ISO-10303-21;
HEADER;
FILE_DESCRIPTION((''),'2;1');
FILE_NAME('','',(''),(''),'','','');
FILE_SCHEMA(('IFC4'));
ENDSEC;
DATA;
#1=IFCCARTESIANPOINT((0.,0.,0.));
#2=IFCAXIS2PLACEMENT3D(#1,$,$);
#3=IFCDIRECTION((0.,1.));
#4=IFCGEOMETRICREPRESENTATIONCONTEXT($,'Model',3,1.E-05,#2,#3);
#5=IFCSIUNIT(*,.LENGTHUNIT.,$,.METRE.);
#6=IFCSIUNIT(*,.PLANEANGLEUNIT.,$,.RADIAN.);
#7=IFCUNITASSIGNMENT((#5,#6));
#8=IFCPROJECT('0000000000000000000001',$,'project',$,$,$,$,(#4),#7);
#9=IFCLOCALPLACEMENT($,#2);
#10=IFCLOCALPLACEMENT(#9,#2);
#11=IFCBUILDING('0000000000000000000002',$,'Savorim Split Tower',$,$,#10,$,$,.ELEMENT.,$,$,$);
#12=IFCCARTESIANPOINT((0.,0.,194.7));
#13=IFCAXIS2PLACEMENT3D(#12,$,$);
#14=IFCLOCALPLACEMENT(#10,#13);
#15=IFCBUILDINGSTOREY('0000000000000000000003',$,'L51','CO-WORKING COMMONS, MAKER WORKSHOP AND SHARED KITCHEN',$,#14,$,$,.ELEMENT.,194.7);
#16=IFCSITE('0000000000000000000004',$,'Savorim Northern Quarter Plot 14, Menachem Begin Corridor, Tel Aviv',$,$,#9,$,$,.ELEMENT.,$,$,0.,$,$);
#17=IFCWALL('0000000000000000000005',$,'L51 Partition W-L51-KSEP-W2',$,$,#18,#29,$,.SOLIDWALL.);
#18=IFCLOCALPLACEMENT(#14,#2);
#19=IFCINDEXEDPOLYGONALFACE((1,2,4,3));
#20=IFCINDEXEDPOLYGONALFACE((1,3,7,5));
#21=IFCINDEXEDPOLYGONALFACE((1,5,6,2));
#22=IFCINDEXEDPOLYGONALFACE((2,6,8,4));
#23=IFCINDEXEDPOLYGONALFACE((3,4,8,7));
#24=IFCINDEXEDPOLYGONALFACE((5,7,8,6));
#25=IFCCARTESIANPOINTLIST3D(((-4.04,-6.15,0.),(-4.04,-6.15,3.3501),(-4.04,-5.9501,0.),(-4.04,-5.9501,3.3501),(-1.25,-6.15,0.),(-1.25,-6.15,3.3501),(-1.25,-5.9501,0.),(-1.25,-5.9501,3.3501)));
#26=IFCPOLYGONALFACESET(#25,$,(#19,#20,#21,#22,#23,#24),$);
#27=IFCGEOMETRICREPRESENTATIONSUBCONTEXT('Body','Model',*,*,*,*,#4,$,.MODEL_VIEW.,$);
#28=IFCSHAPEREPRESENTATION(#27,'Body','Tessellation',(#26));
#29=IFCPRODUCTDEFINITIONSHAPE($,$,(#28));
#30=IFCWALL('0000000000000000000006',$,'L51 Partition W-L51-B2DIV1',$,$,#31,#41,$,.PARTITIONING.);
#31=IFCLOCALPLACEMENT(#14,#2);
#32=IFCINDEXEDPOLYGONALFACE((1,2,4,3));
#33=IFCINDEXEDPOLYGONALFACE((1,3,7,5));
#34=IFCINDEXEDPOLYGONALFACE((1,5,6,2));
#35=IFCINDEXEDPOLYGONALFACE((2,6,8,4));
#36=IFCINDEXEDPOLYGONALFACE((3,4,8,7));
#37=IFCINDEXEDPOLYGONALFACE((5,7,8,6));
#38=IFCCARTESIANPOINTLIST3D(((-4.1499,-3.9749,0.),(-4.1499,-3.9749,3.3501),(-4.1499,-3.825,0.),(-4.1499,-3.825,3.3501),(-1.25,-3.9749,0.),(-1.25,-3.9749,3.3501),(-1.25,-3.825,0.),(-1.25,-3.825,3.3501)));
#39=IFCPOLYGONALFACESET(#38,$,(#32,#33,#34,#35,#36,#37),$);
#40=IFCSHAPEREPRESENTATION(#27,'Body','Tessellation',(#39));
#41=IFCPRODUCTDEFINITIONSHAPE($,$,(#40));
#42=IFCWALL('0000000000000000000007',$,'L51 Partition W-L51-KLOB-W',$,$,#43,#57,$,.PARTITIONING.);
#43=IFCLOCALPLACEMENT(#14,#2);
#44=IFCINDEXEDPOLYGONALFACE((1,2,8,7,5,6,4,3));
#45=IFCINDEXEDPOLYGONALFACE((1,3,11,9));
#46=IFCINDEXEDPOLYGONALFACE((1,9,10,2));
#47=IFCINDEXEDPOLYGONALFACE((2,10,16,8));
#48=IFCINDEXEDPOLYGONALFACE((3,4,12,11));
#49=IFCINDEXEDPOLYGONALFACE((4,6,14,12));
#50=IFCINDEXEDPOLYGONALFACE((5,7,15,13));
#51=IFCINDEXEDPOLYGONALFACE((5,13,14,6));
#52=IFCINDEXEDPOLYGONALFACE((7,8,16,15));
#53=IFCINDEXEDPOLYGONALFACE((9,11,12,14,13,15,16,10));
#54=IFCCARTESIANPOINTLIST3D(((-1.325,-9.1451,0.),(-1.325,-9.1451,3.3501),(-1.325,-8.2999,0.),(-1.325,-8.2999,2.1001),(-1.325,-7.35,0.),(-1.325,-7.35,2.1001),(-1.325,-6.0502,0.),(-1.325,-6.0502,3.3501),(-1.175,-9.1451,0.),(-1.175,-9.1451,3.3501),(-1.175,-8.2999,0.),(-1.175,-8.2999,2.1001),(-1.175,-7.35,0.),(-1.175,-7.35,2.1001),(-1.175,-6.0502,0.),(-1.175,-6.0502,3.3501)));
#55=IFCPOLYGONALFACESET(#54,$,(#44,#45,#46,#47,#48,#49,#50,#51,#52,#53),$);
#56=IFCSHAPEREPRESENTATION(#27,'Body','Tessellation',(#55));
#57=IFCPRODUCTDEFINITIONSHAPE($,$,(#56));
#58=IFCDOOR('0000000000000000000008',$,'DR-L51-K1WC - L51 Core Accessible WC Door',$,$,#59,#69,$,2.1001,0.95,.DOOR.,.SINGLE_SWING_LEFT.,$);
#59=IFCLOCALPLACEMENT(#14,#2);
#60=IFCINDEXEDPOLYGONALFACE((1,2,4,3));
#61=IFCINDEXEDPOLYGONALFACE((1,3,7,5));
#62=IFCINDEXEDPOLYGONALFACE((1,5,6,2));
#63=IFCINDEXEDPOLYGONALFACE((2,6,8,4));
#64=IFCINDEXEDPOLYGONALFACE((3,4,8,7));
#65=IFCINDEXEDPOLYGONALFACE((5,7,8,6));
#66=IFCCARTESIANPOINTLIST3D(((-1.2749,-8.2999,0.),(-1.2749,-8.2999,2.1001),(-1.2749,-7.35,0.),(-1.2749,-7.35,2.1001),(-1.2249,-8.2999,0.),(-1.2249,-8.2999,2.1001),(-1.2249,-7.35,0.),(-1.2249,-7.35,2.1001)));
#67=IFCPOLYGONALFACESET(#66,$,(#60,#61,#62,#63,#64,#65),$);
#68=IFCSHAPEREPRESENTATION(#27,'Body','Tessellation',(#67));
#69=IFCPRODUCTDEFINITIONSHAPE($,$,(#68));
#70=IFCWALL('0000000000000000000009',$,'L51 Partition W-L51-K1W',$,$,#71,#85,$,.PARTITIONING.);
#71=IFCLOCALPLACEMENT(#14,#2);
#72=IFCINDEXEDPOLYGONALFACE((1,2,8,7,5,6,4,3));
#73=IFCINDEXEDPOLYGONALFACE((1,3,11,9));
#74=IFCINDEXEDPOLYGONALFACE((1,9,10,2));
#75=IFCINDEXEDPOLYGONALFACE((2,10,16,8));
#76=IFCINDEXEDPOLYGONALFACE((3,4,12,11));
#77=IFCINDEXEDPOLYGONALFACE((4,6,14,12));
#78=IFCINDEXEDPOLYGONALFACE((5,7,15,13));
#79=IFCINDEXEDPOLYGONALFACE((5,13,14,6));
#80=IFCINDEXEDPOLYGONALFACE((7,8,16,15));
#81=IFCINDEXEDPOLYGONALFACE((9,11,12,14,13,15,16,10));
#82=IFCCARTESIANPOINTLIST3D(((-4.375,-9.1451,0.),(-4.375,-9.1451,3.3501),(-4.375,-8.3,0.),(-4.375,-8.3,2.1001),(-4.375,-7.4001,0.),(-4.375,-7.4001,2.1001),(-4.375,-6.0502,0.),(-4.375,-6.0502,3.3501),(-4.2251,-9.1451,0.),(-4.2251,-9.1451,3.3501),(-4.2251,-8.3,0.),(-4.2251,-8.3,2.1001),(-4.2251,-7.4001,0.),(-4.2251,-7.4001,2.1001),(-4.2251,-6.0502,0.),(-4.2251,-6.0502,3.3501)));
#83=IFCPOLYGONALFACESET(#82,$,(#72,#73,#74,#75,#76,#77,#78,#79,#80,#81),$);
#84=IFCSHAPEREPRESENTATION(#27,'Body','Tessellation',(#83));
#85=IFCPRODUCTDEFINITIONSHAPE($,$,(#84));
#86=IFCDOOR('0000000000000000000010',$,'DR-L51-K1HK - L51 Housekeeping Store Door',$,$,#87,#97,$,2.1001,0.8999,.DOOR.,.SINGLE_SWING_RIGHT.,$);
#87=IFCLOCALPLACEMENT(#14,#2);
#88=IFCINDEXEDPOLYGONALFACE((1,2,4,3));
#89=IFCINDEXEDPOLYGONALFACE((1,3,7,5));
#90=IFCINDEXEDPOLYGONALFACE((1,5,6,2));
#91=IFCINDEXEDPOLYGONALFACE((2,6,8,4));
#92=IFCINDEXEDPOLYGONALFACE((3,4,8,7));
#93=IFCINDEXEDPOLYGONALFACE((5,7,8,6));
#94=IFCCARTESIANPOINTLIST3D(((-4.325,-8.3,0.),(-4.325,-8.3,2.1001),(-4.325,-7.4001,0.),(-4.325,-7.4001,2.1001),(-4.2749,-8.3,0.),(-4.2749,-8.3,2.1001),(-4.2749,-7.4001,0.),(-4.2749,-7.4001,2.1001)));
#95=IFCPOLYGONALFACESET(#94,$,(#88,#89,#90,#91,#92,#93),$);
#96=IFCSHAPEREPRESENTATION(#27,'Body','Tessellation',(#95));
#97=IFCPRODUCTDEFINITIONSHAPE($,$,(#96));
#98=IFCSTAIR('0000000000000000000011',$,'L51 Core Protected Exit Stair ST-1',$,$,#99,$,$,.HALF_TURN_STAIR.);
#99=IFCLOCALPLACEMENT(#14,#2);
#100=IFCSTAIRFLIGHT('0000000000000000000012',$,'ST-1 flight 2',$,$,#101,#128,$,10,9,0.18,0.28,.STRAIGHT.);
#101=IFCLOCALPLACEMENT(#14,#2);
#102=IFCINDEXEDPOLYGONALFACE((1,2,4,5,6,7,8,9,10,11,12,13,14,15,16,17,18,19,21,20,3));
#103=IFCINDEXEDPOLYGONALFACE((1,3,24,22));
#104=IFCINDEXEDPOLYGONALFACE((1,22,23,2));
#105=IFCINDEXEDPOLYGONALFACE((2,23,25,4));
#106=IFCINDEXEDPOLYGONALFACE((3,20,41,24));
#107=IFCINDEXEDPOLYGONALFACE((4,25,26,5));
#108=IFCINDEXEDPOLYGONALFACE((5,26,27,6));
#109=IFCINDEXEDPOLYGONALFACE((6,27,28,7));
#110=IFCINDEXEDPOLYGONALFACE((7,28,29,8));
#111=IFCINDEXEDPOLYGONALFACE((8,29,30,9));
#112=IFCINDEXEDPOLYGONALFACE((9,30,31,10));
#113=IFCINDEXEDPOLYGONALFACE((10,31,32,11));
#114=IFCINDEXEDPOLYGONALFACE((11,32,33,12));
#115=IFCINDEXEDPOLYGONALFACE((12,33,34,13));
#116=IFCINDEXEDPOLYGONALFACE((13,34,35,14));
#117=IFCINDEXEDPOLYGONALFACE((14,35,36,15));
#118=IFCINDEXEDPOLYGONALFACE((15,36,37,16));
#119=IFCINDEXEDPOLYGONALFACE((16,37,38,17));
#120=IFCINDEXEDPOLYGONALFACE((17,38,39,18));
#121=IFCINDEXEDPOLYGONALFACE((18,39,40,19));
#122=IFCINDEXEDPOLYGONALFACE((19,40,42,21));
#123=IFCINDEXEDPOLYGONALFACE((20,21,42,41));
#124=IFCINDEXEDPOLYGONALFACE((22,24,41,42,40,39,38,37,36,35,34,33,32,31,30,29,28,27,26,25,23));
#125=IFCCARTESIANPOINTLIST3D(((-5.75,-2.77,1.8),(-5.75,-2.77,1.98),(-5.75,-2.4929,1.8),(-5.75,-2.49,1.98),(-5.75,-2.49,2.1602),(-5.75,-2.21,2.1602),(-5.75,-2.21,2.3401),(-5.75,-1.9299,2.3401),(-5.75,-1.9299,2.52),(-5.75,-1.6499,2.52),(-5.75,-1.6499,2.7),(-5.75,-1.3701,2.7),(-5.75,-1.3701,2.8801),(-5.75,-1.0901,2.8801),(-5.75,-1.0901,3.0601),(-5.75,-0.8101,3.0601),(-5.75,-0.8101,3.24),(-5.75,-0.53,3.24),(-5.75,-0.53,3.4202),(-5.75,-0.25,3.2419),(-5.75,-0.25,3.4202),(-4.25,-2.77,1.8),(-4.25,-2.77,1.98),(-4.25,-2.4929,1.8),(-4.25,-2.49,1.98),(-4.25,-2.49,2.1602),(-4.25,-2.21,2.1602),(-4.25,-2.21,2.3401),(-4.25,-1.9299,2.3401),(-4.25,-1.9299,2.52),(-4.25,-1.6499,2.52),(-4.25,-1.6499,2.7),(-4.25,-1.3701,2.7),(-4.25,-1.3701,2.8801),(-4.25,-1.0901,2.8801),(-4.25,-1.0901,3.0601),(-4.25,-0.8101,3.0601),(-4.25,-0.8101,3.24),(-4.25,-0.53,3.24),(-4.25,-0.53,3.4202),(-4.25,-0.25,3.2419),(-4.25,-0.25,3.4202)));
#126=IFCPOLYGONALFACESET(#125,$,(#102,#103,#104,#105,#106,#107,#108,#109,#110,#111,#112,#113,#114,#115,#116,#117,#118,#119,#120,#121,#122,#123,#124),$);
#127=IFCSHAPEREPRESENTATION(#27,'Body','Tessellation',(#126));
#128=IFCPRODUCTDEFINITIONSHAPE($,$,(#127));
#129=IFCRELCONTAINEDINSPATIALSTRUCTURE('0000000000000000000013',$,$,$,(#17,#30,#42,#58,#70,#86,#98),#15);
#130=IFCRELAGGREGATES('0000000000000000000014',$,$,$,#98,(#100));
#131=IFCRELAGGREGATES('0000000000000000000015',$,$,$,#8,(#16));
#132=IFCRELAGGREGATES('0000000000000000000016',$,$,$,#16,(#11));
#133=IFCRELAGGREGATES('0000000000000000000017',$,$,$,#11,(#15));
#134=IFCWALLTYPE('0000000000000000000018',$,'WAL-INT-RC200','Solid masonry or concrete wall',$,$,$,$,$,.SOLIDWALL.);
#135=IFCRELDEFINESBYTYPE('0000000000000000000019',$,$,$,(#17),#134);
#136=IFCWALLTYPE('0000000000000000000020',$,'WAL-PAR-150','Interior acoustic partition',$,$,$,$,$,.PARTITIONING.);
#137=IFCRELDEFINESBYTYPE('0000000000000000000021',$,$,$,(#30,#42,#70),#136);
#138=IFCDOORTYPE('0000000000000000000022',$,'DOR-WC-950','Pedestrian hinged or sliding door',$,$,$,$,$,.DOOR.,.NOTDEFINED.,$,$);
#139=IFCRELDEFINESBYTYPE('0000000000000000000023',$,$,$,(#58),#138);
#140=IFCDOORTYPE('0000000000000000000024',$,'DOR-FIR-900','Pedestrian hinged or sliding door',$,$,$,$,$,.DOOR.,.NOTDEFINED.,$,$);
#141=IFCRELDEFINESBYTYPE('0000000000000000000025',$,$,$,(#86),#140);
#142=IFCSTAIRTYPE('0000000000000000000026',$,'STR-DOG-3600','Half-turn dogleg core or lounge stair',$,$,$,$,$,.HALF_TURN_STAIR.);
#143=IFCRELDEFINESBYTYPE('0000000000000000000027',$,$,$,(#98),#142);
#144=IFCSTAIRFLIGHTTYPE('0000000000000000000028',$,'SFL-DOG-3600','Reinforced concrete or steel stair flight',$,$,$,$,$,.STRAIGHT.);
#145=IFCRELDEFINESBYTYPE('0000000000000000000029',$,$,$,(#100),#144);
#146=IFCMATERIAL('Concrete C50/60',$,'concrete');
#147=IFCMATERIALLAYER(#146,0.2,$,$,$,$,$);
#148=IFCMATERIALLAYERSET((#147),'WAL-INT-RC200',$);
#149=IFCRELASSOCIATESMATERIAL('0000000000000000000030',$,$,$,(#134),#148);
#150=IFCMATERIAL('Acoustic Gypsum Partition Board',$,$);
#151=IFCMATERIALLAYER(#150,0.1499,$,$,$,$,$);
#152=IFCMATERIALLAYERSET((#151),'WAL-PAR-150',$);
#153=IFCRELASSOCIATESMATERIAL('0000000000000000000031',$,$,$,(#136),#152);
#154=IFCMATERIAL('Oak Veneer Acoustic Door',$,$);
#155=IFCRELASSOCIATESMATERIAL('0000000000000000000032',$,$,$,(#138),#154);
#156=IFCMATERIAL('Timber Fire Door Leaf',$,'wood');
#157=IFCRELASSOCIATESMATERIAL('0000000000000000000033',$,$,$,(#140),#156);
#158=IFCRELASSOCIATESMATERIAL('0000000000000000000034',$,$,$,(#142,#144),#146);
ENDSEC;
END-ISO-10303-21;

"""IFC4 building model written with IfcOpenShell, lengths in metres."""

from ifc_helpers import new_model, si_unit, direction, frame, frame_2d, origin, place, context, subcontext, project, spatial, polyline, rectangle, outline, extrude, material, layer, layer_set, type_object, element, fill, aggregate, save


model = new_model("IFC4")

# Units and contexts
model_context = context("Model", 3, precision=1e-05, world=origin(), true_north=direction((0.0, 1.0)))
body_context = subcontext(model_context, "Body", "Model", "MODEL_VIEW")
ifc_project = project(units=[si_unit("LENGTHUNIT", "METRE"), si_unit("PLANEANGLEUNIT", "RADIAN")], contexts=[model_context])

# Site, building, storey
site_placement = place(None, origin())
site = spatial("IfcSite", under=ifc_project, at=site_placement, Name="Savorim Northern Quarter Plot 14, Menachem Begin Corridor, Tel Aviv", CompositionType="ELEMENT", RefElevation=0.0)
building_placement = place(site_placement, origin())
building = spatial("IfcBuilding", under=site, at=building_placement, Name="Savorim Split Tower", CompositionType="ELEMENT")
storey_placement = place(building_placement, frame((0.0, 0.0, 194.7)))
storey = spatial("IfcBuildingStorey", under=building, at=storey_placement, Name="L51", Description="CO-WORKING COMMONS, MAKER WORKSHOP AND SHARED KITCHEN", CompositionType="ELEMENT", Elevation=194.7)

# Shared definitions
ifc_material_1 = material(Name="Timber Fire Door Leaf", Category="wood")

# Shared definitions
ifc_material_2 = material(Name="Concrete C50/60", Category="concrete")
ifc_layer_1 = layer(ifc_material_2, 0.2)
ifc_layer_set_1 = layer_set([ifc_layer_1], Name="WAL-INT-RC200")
wall_type_1 = type_object("IfcWallType", Name="WAL-INT-RC200", Description="Solid masonry or concrete wall", PredefinedType="SOLIDWALL", material=ifc_layer_set_1)

# Walls
wall_1_placement = place(storey_placement, frame((-4.04, -6.05, 0.0), z_axis=(0.0, 0.0, 1.0), x_axis=(1.0, 0.0, 0.0)))
element("IfcWall", 1, at=wall_1_placement, inside=storey, type_object=wall_type_1, Name="L51 Partition W-L51-KSEP-W2", PredefinedType="SOLIDWALL", context=body_context, shape_type="SweptSolid", body=[
    extrude(rectangle(XDim=2.79, YDim=0.2, at=frame_2d((1.395, 0.0))), origin(), (0.0, 0.0, 1.0), 3.3501),
])
ifc_material_3 = material(Name="Acoustic Gypsum Partition Board")
ifc_layer_2 = layer(ifc_material_3, 0.1499)
ifc_layer_set_2 = layer_set([ifc_layer_2], Name="WAL-PAR-150")
wall_type_2 = type_object("IfcWallType", Name="WAL-PAR-150", Description="Interior acoustic partition", PredefinedType="PARTITIONING", material=ifc_layer_set_2)
wall_2_placement = place(storey_placement, frame((-4.1499, -3.8999, 0.0), z_axis=(0.0, 0.0, 1.0), x_axis=(1.0, 0.0, 0.0)))
element("IfcWall", 2, at=wall_2_placement, inside=storey, type_object=wall_type_2, Name="L51 Partition W-L51-B2DIV1", PredefinedType="PARTITIONING", context=body_context, shape_type="SweptSolid", body=[
    extrude(rectangle(XDim=2.8999, YDim=0.1499, at=frame_2d((1.45, 0.0))), origin(), (0.0, 0.0, 1.0), 3.3501),
])

# Walls, openings, doors
wall_3_placement = place(storey_placement, frame((-1.25, -9.145, 0.0), z_axis=(0.0, 0.0, 1.0), x_axis=(0.0, 1.0, 0.0)))
wall_3 = element("IfcWall", 3, at=wall_3_placement, inside=storey, type_object=wall_type_2, Name="L51 Partition W-L51-KLOB-W", PredefinedType="PARTITIONING", context=body_context, shape_type="SweptSolid", body=[
    extrude(rectangle(XDim=3.095, YDim=0.1499, at=frame_2d((1.5474, 0.0))), origin(), (0.0, 0.0, 1.0), 3.3501),
])
opening_1_placement = place(wall_3_placement, frame((0.845, 0.0, 0.0)))
opening_1 = element("IfcOpeningElement", 4, at=opening_1_placement, cuts=wall_3, PredefinedType="OPENING", context=body_context, shape_type="SweptSolid", body=[
    extrude(rectangle(XDim=0.95, YDim=2.1001, at=frame_2d((0.4751, 1.05))), frame((0.0, 0.085, 0.0), z_axis=(0.0, -1.0, 0.0), x_axis=(1.0, 0.0, 0.0)), (0.0, 0.0, 1.0), 0.1699),
])
ifc_material_4 = material(Name="Oak Veneer Acoustic Door")
door_type_1 = type_object("IfcDoorType", Name="DOR-WC-950", Description="Pedestrian hinged or sliding door", OperationType="NOTDEFINED", PredefinedType="DOOR", material=ifc_material_4)
door_1_placement = place(opening_1_placement, origin())
door_1 = element("IfcDoor", 5, at=door_1_placement, inside=storey, type_object=door_type_1, Name="DR-L51-K1WC - L51 Core Accessible WC Door", OperationType="SINGLE_SWING_LEFT", OverallHeight=2.1001, OverallWidth=0.95, PredefinedType="DOOR", context=body_context, shape_type="SweptSolid", body=[
    extrude(rectangle(XDim=0.95, YDim=2.1001, at=frame_2d((0.4751, 1.05))), frame((0.0, 0.0249, 0.0), z_axis=(0.0, -1.0, 0.0), x_axis=(1.0, 0.0, 0.0)), (0.0, 0.0, 1.0), 0.05),
])
fill(opening_1, door_1)
wall_4_placement = place(storey_placement, frame((-4.3, -9.145, 0.0), z_axis=(0.0, 0.0, 1.0), x_axis=(0.0, 1.0, 0.0)))
wall_4 = element("IfcWall", 6, at=wall_4_placement, inside=storey, type_object=wall_type_2, Name="L51 Partition W-L51-K1W", PredefinedType="PARTITIONING", context=body_context, shape_type="SweptSolid", body=[
    extrude(rectangle(XDim=3.095, YDim=0.1499, at=frame_2d((1.5474, 0.0))), origin(), (0.0, 0.0, 1.0), 3.3501),
])
opening_2_placement = place(wall_4_placement, frame((0.845, 0.0, 0.0)))
opening_2 = element("IfcOpeningElement", 7, at=opening_2_placement, cuts=wall_4, PredefinedType="OPENING", context=body_context, shape_type="SweptSolid", body=[
    extrude(rectangle(XDim=0.8999, YDim=2.1001, at=frame_2d((0.45, 1.05))), frame((0.0, 0.085, 0.0), z_axis=(0.0, -1.0, 0.0), x_axis=(1.0, 0.0, 0.0)), (0.0, 0.0, 1.0), 0.1699),
])
door_type_2 = type_object("IfcDoorType", Name="DOR-FIR-900", Description="Pedestrian hinged or sliding door", OperationType="NOTDEFINED", PredefinedType="DOOR", material=ifc_material_1)
door_2_placement = place(opening_2_placement, origin())
door_2 = element("IfcDoor", 8, at=door_2_placement, inside=storey, type_object=door_type_2, Name="DR-L51-K1HK - L51 Housekeeping Store Door", OperationType="SINGLE_SWING_RIGHT", OverallHeight=2.1001, OverallWidth=0.8999, PredefinedType="DOOR", context=body_context, shape_type="SweptSolid", body=[
    extrude(rectangle(XDim=0.8999, YDim=2.1001, at=frame_2d((0.45, 1.05))), frame((0.0, 0.0249, 0.0), z_axis=(0.0, -1.0, 0.0), x_axis=(1.0, 0.0, 0.0)), (0.0, 0.0, 1.0), 0.05),
])
fill(opening_2, door_2)

# Stair, stair flight
stair_type = type_object("IfcStairType", Name="STR-DOG-3600", Description="Half-turn dogleg core or lounge stair", PredefinedType="HALF_TURN_STAIR", material=ifc_material_2)
stair_placement = place(storey_placement, origin())
stair = element("IfcStair", 9, at=stair_placement, inside=storey, type_object=stair_type, Name="L51 Core Protected Exit Stair ST-1", PredefinedType="HALF_TURN_STAIR")
stair_flight_type = type_object("IfcStairFlightType", Name="SFL-DOG-3600", Description="Reinforced concrete or steel stair flight", PredefinedType="STRAIGHT", material=ifc_material_2)
stair_flight_placement = place(storey_placement, frame((-5.0, -2.77, 1.8), z_axis=(0.0, 0.0, 1.0), x_axis=(0.0, 1.0, 0.0)))
stair_flight = element("IfcStairFlight", 10, at=stair_flight_placement, type_object=stair_flight_type, Name="ST-1 flight 2", NumberOfRisers=10, NumberOfTreads=9, PredefinedType="STRAIGHT", RiserHeight=0.18, TreadLength=0.28, context=body_context, shape_type="SweptSolid", body=[
    extrude(outline(polyline([(0.0, 0.0), (0.0, 0.1799), (0.28, 0.1799), (0.28, 0.3601), (0.5601, 0.3601), (0.5601, 0.54), (0.8401, 0.54), (0.8401, 0.72), (1.1201, 0.72), (1.1201, 0.8999), (1.3999, 0.8999), (1.3999, 1.0801), (1.6799, 1.0801), (1.6799, 1.26), (1.96, 1.26), (1.96, 1.4399), (2.24, 1.4399), (2.24, 1.6201), (2.52, 1.6201), (2.52, 1.8), (2.52, 1.4419), (0.2771, 0.0), (0.0, 0.0)])), frame((0.0, 0.75, 0.0), z_axis=(0.0, -1.0, 0.0), x_axis=(1.0, 0.0, 0.0)), (0.0, 0.0, 1.0), 1.5),
])
aggregate(stair, [stair_flight])

save(model, "model.ifc")
